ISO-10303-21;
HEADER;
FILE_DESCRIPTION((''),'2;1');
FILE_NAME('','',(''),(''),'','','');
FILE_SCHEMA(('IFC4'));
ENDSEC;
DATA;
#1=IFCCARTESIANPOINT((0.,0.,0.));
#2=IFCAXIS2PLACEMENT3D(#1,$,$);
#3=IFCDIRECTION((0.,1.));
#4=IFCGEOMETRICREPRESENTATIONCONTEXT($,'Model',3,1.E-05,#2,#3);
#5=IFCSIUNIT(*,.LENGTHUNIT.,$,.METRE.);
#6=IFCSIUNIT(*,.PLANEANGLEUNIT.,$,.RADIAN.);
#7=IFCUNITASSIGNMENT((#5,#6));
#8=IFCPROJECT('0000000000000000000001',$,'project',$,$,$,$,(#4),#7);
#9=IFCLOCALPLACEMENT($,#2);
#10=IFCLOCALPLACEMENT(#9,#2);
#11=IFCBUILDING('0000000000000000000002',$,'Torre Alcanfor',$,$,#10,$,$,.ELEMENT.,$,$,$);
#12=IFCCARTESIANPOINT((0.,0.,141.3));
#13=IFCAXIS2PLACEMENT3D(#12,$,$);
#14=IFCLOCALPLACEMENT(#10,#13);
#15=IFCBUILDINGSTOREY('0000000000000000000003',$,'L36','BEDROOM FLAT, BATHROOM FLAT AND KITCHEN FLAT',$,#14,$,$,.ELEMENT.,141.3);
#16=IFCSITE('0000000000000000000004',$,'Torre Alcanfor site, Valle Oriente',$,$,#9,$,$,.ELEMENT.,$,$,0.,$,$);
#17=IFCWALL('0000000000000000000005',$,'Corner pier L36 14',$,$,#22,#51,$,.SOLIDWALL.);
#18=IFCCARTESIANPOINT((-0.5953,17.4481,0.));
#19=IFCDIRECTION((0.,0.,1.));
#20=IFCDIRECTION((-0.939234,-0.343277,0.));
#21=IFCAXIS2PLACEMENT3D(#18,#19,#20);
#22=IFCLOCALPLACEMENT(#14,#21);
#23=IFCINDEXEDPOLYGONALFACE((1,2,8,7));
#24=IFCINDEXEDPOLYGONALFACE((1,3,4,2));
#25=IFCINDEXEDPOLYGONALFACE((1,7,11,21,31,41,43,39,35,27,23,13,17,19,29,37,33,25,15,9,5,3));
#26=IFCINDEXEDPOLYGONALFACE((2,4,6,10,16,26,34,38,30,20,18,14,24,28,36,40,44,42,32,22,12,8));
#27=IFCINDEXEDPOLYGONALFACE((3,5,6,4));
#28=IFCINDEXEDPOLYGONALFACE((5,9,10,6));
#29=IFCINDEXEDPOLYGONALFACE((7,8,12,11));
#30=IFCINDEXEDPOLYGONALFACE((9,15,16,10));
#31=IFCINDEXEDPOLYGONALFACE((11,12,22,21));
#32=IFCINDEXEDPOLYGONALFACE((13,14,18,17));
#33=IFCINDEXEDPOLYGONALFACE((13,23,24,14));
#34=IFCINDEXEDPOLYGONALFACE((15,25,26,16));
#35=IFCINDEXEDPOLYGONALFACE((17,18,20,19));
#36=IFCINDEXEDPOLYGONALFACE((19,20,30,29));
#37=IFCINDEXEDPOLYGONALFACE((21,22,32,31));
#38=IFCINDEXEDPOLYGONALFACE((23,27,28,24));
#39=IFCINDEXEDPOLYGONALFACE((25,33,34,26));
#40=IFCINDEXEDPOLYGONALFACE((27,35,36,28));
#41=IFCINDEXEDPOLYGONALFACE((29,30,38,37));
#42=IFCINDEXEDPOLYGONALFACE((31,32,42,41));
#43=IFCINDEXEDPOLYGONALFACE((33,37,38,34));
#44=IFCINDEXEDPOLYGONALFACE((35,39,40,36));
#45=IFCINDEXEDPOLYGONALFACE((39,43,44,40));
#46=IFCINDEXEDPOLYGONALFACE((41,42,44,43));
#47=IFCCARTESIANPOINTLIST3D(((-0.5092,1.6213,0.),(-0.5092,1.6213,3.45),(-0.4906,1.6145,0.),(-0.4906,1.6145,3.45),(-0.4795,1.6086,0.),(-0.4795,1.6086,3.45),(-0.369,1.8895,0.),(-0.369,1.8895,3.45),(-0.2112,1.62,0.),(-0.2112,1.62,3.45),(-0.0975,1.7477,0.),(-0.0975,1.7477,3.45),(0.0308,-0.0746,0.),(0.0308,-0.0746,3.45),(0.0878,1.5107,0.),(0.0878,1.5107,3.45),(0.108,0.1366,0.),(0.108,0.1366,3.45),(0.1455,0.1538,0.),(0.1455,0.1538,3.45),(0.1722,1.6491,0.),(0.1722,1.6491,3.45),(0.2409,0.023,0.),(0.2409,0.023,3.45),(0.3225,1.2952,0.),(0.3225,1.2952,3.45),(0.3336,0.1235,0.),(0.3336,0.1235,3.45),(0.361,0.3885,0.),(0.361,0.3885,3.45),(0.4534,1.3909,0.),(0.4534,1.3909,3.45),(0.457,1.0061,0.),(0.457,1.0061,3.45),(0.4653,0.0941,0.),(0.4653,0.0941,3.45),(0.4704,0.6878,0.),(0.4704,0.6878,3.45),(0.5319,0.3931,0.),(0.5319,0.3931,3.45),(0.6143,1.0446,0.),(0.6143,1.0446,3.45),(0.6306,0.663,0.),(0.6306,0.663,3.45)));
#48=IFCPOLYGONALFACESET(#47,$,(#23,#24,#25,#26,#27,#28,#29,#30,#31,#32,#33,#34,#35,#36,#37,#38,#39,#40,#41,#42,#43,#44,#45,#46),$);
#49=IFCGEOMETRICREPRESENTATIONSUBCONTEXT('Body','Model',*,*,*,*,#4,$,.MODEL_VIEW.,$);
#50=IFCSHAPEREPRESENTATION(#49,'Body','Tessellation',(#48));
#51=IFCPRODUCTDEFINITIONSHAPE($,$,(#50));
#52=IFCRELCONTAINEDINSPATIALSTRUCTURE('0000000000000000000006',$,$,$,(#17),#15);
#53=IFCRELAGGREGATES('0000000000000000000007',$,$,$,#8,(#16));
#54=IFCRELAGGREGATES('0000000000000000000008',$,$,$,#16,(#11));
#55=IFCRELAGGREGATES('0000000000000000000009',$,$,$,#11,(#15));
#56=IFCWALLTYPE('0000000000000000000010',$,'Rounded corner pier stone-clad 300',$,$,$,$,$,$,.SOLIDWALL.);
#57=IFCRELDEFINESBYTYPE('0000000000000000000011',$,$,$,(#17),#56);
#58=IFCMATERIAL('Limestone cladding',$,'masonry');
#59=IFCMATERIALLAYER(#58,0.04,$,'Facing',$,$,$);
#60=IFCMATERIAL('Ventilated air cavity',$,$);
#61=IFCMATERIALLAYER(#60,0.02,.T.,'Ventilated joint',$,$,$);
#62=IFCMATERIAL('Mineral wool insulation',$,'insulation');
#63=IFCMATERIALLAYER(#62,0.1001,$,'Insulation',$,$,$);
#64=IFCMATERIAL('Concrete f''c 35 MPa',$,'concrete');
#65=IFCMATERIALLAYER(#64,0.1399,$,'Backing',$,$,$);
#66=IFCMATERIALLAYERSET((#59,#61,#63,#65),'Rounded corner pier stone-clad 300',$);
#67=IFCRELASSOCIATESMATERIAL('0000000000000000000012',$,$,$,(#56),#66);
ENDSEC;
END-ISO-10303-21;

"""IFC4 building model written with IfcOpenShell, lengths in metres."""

from ifc_helpers import new_model, si_unit, direction, frame, origin, place, context, subcontext, project, spatial, polyline, outline, extrude, material, layer, layer_set, type_object, element, save


model = new_model("IFC4")

# Units and contexts
model_context = context("Model", 3, precision=1e-05, world=origin(), true_north=direction((0.0, 1.0)))
body_context = subcontext(model_context, "Body", "Model", "MODEL_VIEW")
ifc_project = project(units=[si_unit("LENGTHUNIT", "METRE"), si_unit("PLANEANGLEUNIT", "RADIAN")], contexts=[model_context])

# Site, building, storey
site_placement = place(None, origin())
site = spatial("IfcSite", under=ifc_project, at=site_placement, Name="Torre Alcanfor site, Valle Oriente", CompositionType="ELEMENT", RefElevation=0.0)
building_placement = place(site_placement, origin())
building = spatial("IfcBuilding", under=site, at=building_placement, Name="Torre Alcanfor", CompositionType="ELEMENT")
storey_placement = place(building_placement, frame((0.0, 0.0, 141.3)))
storey = spatial("IfcBuildingStorey", under=building, at=storey_placement, Name="L36", Description="BEDROOM FLAT, BATHROOM FLAT AND KITCHEN FLAT", CompositionType="ELEMENT", Elevation=141.3)

# Shared definitions
ifc_material_1 = material(Name="Limestone cladding", Category="masonry")
ifc_material_2 = material(Name="Ventilated air cavity")
ifc_material_3 = material(Name="Mineral wool insulation", Category="insulation")
ifc_material_4 = material(Name="Concrete f'c 35 MPa", Category="concrete")

# Wall
ifc_layer_1 = layer(ifc_material_1, 0.04, Name="Facing")
ifc_layer_2 = layer(ifc_material_2, 0.02, ventilated=True, Name="Ventilated joint")
ifc_layer_3 = layer(ifc_material_3, 0.1001, Name="Insulation")
ifc_layer_4 = layer(ifc_material_4, 0.1399, Name="Backing")
ifc_layer_set_1 = layer_set([ifc_layer_1, ifc_layer_2, ifc_layer_3, ifc_layer_4], Name="Rounded corner pier stone-clad 300")
wall_type_1 = type_object("IfcWallType", Name="Rounded corner pier stone-clad 300", PredefinedType="SOLIDWALL", material=ifc_layer_set_1)
wall_1_placement = place(storey_placement, frame((-0.5953, 17.4481, 0.0), z_axis=(0.0, 0.0, 1.0), x_axis=(-0.939234, -0.343277, 0.0)))
element("IfcWall", 1, at=wall_1_placement, inside=storey, type_object=wall_type_1, Name="Corner pier L36 14", PredefinedType="SOLIDWALL", context=body_context, shape_type="SweptSolid", body=[
    extrude(outline(polyline([(-0.369, 1.8895), (-0.5092, 1.6213), (-0.4906, 1.6145), (-0.4795, 1.6086), (-0.2112, 1.62), (0.0878, 1.5107), (0.3225, 1.2952), (0.457, 1.0061), (0.4704, 0.6878), (0.361, 0.3885), (0.1455, 0.1538), (0.108, 0.1366), (0.0308, -0.0746), (0.2409, 0.023), (0.3336, 0.1235), (0.4653, 0.0941), (0.5319, 0.3931), (0.6306, 0.663), (0.6143, 1.0446), (0.4534, 1.3909), (0.1722, 1.6491), (-0.0975, 1.7477), (-0.369, 1.8895)])), origin(), (0.0, 0.0, 1.0), 3.45),
])

save(model, "model.ifc")
